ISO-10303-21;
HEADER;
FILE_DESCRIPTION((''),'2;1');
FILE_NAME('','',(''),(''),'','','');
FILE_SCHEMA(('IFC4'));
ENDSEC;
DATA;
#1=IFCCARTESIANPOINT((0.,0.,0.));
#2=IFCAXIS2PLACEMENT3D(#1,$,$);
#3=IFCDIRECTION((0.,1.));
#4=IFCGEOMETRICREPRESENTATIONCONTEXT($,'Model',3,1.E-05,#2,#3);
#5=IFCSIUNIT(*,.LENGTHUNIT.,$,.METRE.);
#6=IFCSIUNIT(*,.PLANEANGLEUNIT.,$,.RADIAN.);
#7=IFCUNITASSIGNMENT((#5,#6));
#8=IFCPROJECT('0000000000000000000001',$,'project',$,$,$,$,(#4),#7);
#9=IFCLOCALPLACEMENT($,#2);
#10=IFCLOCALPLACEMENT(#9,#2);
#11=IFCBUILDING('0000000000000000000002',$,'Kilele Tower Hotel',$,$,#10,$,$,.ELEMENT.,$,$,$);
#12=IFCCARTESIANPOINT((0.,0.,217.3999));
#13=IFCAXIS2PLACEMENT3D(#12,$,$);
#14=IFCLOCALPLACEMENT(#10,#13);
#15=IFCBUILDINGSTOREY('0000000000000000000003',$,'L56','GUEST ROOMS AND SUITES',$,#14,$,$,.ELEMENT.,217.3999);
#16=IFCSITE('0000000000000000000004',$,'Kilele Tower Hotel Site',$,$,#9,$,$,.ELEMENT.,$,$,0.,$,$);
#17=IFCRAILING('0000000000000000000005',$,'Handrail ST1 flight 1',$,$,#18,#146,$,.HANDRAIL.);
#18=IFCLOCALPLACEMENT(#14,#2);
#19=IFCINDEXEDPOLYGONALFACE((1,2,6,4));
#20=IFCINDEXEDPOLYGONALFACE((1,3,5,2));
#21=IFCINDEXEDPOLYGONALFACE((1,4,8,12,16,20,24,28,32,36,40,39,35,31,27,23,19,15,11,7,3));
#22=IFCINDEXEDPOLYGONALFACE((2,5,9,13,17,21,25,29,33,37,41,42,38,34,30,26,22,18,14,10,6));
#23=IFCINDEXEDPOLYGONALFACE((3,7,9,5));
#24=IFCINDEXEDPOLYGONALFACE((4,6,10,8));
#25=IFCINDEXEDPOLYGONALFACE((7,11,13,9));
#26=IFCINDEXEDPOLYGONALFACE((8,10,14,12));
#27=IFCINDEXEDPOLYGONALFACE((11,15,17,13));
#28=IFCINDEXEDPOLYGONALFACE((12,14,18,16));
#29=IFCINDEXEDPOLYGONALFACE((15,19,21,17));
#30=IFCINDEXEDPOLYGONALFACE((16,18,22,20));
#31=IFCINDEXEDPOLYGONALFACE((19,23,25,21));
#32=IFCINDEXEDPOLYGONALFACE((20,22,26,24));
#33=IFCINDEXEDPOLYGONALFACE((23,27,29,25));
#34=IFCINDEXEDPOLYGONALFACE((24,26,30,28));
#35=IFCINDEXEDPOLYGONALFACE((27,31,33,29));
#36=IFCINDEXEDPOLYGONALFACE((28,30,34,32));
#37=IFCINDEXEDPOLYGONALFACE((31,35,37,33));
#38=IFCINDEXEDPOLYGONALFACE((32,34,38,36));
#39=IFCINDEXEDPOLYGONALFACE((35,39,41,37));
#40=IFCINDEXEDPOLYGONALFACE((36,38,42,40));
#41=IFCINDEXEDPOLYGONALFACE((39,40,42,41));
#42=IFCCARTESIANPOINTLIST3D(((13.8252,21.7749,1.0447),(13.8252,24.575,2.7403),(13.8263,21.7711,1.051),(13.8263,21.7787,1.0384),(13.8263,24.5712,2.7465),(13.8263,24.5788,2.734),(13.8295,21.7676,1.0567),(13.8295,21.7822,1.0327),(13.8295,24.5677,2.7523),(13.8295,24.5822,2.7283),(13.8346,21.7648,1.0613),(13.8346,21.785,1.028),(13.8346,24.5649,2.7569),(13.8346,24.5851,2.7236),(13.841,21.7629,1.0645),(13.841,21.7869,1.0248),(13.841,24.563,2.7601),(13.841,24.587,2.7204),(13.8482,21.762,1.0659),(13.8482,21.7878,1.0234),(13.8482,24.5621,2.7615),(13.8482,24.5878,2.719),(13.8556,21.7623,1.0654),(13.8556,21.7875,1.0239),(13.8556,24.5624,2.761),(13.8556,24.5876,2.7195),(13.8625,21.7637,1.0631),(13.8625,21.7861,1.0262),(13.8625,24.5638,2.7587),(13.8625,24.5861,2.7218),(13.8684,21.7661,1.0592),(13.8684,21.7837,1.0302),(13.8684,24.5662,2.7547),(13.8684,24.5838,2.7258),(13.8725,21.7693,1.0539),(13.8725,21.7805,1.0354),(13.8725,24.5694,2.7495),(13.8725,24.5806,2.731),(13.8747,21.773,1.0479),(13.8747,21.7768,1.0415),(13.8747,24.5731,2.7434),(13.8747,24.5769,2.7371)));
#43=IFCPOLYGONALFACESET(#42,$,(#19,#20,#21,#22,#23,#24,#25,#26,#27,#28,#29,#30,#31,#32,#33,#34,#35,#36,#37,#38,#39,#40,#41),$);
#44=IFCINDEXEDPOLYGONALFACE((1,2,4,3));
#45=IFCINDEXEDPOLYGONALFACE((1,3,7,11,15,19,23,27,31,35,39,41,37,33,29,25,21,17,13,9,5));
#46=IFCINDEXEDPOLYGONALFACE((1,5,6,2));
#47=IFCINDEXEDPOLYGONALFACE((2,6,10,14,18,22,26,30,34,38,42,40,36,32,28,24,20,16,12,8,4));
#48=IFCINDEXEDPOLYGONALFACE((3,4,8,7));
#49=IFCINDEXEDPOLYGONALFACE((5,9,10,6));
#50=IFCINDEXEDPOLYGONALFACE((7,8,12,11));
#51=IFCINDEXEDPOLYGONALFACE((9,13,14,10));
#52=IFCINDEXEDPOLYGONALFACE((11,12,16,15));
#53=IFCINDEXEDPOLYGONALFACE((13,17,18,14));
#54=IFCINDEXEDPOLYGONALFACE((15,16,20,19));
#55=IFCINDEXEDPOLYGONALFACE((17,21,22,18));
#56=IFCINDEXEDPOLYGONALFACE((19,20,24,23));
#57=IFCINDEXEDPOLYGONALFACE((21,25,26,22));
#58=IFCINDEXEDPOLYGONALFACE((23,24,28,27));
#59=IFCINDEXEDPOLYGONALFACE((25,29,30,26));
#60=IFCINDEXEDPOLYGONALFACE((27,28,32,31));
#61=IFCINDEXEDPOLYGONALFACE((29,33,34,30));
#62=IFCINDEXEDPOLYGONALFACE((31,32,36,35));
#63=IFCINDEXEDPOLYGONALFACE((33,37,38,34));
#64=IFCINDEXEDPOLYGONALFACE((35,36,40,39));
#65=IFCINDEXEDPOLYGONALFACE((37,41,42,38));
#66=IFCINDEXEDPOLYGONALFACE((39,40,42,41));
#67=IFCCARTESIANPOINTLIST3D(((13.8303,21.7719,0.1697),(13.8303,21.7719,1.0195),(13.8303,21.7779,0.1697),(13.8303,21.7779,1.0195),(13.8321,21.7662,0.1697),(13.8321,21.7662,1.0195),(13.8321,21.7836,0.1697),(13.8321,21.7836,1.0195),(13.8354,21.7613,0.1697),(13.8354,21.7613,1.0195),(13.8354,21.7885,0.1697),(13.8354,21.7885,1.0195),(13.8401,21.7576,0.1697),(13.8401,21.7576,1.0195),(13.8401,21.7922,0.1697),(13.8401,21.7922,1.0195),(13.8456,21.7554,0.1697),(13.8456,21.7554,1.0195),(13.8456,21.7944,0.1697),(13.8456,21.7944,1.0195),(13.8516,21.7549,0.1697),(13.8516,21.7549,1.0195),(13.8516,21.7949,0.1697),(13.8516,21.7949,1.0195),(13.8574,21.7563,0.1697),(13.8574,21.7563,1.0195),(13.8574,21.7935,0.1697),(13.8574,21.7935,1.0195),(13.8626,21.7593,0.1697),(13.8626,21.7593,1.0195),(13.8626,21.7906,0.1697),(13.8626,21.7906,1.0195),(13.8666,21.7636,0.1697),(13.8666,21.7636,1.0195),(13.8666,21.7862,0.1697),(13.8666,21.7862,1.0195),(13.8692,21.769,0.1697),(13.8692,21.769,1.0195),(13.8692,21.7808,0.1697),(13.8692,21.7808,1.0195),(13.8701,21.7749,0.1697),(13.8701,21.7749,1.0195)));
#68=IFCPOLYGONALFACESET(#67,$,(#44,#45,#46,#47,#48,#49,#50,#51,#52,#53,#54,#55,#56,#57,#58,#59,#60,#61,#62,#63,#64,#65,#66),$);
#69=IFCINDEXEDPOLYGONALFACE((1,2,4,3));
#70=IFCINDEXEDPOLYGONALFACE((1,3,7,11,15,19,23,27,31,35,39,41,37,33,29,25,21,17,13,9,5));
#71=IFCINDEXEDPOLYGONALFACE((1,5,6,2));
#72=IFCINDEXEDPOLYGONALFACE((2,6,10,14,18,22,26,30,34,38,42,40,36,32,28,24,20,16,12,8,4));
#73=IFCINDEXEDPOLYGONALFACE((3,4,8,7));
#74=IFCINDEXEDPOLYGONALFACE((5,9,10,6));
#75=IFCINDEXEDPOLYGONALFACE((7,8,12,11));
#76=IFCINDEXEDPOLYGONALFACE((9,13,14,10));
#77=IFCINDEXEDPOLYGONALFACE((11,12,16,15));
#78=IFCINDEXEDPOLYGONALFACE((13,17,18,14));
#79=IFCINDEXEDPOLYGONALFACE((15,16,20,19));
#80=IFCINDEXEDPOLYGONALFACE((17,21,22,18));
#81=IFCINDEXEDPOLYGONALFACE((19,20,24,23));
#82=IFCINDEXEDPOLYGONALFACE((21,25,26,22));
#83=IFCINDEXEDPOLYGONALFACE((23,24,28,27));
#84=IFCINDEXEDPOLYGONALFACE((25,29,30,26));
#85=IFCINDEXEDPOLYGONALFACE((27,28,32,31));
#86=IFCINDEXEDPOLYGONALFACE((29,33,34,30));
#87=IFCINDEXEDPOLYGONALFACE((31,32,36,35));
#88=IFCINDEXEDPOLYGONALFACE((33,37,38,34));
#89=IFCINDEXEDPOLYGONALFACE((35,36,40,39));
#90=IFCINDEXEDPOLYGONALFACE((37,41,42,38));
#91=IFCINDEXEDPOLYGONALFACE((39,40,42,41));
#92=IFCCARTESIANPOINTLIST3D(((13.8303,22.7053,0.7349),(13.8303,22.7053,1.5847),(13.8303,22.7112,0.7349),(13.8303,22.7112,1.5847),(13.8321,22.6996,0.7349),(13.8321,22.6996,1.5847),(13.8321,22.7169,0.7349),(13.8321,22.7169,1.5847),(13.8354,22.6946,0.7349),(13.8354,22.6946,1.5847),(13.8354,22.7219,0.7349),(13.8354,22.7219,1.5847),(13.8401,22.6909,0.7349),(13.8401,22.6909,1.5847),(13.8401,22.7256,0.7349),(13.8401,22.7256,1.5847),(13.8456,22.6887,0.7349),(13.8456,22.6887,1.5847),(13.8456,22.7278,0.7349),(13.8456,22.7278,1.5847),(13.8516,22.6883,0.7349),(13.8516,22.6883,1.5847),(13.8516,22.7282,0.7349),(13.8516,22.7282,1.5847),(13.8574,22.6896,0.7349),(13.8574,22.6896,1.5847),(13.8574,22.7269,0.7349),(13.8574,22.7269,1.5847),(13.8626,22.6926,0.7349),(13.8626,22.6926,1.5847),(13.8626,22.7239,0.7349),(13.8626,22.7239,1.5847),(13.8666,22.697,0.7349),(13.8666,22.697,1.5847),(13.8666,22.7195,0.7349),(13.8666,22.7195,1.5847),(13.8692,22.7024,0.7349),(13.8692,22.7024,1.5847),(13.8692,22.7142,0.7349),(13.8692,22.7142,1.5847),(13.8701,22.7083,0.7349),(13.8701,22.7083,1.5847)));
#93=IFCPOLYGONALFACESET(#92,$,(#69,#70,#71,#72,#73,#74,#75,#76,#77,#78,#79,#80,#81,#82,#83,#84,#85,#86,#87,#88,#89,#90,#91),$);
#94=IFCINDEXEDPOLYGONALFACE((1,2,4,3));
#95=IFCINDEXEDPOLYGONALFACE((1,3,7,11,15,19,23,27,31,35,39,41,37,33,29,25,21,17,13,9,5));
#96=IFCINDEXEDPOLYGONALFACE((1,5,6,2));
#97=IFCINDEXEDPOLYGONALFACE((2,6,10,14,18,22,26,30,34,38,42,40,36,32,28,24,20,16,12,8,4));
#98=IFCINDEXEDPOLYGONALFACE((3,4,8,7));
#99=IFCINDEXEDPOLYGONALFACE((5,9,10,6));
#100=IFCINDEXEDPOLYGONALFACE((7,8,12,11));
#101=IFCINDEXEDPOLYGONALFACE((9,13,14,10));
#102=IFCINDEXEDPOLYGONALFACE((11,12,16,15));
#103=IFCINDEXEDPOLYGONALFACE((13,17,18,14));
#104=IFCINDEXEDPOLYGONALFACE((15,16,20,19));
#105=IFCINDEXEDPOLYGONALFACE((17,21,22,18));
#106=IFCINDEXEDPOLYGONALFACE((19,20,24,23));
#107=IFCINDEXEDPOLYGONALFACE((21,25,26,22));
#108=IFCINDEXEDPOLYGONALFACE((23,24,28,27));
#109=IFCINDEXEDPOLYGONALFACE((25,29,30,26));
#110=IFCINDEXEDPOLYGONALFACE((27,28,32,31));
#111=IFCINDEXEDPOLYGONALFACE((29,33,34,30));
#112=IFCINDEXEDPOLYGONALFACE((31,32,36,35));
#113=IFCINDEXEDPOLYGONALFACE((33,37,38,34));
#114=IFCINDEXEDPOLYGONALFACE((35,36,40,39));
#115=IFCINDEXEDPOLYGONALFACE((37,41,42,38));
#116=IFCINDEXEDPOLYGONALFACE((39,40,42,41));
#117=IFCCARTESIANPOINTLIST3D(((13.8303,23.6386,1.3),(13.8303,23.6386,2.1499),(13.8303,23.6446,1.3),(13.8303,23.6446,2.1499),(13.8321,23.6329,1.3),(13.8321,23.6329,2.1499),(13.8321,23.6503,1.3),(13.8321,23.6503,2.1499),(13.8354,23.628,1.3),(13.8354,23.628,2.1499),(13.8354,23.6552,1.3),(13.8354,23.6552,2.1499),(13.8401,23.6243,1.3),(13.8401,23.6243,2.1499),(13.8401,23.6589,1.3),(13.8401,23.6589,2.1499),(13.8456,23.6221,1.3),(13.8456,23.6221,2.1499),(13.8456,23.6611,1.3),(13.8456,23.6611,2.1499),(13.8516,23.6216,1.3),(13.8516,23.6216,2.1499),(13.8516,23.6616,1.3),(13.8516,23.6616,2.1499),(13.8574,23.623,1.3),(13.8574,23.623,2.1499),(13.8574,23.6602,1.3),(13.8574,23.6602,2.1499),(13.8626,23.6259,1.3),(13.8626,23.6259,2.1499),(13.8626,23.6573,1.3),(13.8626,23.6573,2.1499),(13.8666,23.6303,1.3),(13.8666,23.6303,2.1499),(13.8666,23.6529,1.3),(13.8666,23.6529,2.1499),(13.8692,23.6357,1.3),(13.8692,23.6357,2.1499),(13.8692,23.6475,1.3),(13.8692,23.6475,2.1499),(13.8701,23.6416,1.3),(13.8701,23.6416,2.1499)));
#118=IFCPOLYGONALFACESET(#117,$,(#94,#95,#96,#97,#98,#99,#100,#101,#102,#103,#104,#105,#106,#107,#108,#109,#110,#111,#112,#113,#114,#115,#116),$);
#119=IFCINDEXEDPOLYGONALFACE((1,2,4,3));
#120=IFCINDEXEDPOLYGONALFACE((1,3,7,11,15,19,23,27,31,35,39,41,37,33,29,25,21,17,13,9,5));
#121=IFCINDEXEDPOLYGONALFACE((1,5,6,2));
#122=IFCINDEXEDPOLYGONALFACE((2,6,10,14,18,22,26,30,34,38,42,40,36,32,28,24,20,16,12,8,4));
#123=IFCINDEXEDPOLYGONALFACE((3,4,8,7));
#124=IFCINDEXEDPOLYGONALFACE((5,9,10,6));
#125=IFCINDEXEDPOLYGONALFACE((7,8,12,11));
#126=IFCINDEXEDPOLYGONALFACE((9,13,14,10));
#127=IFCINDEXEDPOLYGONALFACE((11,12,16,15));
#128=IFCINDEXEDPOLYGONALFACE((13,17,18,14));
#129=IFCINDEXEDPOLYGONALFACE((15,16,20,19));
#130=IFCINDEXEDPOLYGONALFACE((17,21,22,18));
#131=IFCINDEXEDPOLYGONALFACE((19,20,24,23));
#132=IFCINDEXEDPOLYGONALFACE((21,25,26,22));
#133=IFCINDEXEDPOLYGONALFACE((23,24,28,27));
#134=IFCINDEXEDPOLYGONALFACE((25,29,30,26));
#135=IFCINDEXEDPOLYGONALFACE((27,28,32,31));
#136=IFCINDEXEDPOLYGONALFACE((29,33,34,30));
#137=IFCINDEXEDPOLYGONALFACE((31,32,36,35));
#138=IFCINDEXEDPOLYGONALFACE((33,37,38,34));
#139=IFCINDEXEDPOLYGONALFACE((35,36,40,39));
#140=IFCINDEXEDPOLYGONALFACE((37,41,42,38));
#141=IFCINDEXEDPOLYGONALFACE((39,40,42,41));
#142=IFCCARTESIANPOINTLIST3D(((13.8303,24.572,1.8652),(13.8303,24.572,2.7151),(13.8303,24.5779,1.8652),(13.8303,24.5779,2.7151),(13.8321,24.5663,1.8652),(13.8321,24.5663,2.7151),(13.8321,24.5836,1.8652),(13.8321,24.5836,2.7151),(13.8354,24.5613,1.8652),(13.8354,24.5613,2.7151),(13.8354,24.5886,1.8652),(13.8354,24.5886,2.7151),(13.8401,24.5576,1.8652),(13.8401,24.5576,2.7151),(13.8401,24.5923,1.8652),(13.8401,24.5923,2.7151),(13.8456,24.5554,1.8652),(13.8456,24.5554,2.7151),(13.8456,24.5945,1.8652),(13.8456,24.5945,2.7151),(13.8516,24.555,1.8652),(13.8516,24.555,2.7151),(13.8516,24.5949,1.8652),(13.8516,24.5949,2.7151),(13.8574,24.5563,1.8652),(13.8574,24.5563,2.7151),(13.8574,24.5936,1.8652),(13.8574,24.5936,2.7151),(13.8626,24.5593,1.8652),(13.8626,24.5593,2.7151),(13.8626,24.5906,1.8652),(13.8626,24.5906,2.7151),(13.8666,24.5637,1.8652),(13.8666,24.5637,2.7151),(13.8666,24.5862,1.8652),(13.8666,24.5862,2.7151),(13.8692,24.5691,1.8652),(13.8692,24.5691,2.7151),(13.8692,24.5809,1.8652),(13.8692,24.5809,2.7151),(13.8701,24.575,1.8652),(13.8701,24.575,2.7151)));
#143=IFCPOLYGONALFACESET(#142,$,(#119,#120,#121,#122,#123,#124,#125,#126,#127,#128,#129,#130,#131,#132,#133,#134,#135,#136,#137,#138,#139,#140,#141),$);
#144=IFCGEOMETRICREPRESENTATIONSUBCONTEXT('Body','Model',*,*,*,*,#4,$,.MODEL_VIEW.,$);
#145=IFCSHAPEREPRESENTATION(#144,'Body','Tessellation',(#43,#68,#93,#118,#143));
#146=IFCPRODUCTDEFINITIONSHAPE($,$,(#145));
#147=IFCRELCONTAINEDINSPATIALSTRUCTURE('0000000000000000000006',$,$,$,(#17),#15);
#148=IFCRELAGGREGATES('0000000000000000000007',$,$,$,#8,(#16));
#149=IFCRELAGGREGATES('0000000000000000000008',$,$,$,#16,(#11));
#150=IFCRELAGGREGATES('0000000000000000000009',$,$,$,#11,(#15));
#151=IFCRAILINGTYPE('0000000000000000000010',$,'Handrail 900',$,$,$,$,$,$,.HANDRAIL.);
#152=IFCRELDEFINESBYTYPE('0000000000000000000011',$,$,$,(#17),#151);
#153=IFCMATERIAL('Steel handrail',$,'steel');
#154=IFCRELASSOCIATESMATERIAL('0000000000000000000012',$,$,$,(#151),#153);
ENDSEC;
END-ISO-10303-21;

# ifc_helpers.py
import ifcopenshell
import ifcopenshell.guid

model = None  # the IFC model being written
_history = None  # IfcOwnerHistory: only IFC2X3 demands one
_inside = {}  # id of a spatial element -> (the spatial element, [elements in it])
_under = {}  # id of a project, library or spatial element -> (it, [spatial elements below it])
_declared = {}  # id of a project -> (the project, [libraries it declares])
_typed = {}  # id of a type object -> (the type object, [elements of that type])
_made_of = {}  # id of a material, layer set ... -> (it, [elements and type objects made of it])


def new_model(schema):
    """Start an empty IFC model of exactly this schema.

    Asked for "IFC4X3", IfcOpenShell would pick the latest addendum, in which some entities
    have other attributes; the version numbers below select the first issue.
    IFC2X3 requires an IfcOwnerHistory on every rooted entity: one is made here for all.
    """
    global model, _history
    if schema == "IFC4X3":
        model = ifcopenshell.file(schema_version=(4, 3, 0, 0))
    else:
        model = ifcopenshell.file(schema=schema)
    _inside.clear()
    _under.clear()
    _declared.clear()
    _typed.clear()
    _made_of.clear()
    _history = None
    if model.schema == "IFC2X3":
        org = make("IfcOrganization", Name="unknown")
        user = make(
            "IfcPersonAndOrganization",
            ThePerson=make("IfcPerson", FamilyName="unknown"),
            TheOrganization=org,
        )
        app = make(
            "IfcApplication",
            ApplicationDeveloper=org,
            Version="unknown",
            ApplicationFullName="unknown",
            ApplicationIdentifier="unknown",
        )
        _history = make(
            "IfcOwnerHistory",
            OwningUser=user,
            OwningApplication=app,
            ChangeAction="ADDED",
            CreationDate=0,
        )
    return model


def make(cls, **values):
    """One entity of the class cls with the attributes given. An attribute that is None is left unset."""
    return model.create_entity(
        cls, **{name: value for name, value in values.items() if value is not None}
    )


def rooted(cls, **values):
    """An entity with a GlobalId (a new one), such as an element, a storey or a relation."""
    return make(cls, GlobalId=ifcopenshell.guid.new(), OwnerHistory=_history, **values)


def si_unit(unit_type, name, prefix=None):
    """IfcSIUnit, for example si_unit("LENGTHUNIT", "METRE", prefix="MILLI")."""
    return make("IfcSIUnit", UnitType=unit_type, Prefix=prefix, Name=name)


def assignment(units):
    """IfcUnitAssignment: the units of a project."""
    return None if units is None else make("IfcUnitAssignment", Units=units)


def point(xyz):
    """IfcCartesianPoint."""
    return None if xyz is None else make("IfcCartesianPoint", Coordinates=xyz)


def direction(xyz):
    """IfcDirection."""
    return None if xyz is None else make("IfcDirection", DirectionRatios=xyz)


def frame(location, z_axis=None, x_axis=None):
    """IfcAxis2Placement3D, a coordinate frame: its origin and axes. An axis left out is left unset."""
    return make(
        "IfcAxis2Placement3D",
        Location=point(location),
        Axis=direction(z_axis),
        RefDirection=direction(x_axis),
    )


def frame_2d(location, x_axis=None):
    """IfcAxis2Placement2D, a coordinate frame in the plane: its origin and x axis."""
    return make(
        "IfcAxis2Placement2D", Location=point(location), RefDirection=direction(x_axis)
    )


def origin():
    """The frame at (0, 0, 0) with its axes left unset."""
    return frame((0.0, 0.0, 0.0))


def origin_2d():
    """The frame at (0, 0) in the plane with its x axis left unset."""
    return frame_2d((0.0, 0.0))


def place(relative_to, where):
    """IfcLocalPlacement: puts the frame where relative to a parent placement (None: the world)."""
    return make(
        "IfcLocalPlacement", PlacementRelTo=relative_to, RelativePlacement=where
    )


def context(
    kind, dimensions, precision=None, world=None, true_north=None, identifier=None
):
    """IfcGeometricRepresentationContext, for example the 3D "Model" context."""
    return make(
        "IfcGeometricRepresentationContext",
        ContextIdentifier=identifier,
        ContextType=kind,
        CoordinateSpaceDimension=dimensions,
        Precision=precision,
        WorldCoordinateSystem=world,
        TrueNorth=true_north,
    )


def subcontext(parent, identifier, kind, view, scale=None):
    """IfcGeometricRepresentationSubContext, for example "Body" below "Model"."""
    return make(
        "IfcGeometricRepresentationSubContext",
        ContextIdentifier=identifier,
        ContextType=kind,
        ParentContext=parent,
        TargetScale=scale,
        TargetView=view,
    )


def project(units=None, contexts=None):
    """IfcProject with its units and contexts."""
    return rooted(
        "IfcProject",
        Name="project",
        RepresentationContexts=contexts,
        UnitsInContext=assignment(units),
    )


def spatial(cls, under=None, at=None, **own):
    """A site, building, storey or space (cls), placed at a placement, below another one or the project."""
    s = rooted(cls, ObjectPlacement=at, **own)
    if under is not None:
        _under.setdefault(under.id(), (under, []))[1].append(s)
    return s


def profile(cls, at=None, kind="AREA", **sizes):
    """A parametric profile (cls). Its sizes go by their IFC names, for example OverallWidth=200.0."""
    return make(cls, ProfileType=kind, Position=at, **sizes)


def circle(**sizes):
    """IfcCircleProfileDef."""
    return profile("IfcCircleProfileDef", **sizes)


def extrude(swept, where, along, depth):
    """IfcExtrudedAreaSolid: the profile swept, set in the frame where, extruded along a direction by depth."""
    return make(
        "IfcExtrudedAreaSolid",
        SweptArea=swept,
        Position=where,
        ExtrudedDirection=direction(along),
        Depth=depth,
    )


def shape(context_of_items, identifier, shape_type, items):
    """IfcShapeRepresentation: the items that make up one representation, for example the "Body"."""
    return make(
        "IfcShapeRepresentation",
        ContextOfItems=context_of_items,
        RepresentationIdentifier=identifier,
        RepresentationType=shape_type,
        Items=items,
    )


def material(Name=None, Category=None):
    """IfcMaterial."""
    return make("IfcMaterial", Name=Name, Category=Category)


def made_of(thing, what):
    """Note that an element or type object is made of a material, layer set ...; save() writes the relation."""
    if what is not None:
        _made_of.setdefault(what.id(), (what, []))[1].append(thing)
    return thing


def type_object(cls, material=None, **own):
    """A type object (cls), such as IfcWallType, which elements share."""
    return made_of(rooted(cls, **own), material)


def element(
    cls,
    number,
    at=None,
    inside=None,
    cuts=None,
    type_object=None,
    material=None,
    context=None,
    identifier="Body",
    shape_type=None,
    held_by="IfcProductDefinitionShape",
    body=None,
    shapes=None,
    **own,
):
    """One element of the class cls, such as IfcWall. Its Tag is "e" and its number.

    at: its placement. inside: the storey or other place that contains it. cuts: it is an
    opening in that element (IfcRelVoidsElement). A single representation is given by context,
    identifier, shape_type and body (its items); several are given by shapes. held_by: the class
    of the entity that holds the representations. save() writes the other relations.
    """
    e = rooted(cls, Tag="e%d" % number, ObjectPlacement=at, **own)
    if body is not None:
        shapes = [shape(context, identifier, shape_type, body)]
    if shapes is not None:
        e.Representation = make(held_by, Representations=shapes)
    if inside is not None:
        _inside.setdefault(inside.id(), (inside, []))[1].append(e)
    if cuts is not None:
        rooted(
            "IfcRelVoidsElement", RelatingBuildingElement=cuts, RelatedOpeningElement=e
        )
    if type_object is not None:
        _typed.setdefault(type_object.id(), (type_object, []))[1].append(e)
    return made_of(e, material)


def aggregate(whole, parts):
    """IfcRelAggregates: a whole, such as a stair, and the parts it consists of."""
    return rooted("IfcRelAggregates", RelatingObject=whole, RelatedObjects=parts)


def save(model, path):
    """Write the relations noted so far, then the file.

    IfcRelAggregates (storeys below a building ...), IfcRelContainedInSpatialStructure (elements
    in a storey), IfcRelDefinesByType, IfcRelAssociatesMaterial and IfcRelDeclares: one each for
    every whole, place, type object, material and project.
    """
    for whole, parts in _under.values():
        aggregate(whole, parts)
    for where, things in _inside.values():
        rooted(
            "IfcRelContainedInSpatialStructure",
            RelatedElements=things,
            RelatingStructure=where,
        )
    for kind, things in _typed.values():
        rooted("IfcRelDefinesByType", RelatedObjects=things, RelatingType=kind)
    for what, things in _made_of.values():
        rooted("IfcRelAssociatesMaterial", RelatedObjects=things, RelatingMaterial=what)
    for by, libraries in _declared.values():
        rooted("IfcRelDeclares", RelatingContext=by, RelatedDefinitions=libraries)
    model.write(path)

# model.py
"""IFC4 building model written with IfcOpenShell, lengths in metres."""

from ifc_helpers import new_model, si_unit, direction, frame, origin, origin_2d, place, context, subcontext, project, spatial, circle, extrude, material, type_object, element, save


model = new_model("IFC4")

# Units and contexts
model_context = context("Model", 3, precision=1e-05, world=origin(), true_north=direction((0.0, 1.0)))
body_context = subcontext(model_context, "Body", "Model", "MODEL_VIEW")
ifc_project = project(units=[si_unit("LENGTHUNIT", "METRE"), si_unit("PLANEANGLEUNIT", "RADIAN")], contexts=[model_context])

# Site, building, storey
site_placement = place(None, origin())
site = spatial("IfcSite", under=ifc_project, at=site_placement, Name="Kilele Tower Hotel Site", CompositionType="ELEMENT", RefElevation=0.0)
building_placement = place(site_placement, origin())
building = spatial("IfcBuilding", under=site, at=building_placement, Name="Kilele Tower Hotel", CompositionType="ELEMENT")
storey_placement = place(building_placement, frame((0.0, 0.0, 217.3999)))
storey = spatial("IfcBuildingStorey", under=building, at=storey_placement, Name="L56", Description="GUEST ROOMS AND SUITES", CompositionType="ELEMENT", Elevation=217.3999)

# Railing
ifc_material_1 = material(Name="Steel handrail", Category="steel")
railing_type = type_object("IfcRailingType", Name="Handrail 900", PredefinedType="HANDRAIL", material=ifc_material_1)
for number, where, name in (
    (1, (13.8501, 21.7749, 0.1697), "Handrail ST1 flight 1"),
):
    element("IfcRailing", number, at=place(storey_placement, frame(where)), inside=storey, type_object=railing_type, Name=name, PredefinedType="HANDRAIL", context=body_context, shape_type="SweptSolid", body=[
        extrude(circle(Radius=0.0249, at=origin_2d()), frame((0.0, 0.0, 0.875), z_axis=(0.0, 0.855393, 0.517979), x_axis=(-1.0, 0.0, 0.0)), (0.0, 0.0, 1.0), 3.2734),
        extrude(circle(Radius=0.02, at=origin_2d()), origin(), (0.0, 0.0, 1.0), 0.8499),
        extrude(circle(Radius=0.02, at=origin_2d()), frame((0.0, 0.9333, 0.5652)), (0.0, 0.0, 1.0), 0.8499),
        extrude(circle(Radius=0.02, at=origin_2d()), frame((0.0, 1.8667, 1.1304)), (0.0, 0.0, 1.0), 0.8499),
        extrude(circle(Radius=0.02, at=origin_2d()), frame((0.0, 2.8, 1.6956)), (0.0, 0.0, 1.0), 0.8499),
    ])

save(model, "model.ifc")
